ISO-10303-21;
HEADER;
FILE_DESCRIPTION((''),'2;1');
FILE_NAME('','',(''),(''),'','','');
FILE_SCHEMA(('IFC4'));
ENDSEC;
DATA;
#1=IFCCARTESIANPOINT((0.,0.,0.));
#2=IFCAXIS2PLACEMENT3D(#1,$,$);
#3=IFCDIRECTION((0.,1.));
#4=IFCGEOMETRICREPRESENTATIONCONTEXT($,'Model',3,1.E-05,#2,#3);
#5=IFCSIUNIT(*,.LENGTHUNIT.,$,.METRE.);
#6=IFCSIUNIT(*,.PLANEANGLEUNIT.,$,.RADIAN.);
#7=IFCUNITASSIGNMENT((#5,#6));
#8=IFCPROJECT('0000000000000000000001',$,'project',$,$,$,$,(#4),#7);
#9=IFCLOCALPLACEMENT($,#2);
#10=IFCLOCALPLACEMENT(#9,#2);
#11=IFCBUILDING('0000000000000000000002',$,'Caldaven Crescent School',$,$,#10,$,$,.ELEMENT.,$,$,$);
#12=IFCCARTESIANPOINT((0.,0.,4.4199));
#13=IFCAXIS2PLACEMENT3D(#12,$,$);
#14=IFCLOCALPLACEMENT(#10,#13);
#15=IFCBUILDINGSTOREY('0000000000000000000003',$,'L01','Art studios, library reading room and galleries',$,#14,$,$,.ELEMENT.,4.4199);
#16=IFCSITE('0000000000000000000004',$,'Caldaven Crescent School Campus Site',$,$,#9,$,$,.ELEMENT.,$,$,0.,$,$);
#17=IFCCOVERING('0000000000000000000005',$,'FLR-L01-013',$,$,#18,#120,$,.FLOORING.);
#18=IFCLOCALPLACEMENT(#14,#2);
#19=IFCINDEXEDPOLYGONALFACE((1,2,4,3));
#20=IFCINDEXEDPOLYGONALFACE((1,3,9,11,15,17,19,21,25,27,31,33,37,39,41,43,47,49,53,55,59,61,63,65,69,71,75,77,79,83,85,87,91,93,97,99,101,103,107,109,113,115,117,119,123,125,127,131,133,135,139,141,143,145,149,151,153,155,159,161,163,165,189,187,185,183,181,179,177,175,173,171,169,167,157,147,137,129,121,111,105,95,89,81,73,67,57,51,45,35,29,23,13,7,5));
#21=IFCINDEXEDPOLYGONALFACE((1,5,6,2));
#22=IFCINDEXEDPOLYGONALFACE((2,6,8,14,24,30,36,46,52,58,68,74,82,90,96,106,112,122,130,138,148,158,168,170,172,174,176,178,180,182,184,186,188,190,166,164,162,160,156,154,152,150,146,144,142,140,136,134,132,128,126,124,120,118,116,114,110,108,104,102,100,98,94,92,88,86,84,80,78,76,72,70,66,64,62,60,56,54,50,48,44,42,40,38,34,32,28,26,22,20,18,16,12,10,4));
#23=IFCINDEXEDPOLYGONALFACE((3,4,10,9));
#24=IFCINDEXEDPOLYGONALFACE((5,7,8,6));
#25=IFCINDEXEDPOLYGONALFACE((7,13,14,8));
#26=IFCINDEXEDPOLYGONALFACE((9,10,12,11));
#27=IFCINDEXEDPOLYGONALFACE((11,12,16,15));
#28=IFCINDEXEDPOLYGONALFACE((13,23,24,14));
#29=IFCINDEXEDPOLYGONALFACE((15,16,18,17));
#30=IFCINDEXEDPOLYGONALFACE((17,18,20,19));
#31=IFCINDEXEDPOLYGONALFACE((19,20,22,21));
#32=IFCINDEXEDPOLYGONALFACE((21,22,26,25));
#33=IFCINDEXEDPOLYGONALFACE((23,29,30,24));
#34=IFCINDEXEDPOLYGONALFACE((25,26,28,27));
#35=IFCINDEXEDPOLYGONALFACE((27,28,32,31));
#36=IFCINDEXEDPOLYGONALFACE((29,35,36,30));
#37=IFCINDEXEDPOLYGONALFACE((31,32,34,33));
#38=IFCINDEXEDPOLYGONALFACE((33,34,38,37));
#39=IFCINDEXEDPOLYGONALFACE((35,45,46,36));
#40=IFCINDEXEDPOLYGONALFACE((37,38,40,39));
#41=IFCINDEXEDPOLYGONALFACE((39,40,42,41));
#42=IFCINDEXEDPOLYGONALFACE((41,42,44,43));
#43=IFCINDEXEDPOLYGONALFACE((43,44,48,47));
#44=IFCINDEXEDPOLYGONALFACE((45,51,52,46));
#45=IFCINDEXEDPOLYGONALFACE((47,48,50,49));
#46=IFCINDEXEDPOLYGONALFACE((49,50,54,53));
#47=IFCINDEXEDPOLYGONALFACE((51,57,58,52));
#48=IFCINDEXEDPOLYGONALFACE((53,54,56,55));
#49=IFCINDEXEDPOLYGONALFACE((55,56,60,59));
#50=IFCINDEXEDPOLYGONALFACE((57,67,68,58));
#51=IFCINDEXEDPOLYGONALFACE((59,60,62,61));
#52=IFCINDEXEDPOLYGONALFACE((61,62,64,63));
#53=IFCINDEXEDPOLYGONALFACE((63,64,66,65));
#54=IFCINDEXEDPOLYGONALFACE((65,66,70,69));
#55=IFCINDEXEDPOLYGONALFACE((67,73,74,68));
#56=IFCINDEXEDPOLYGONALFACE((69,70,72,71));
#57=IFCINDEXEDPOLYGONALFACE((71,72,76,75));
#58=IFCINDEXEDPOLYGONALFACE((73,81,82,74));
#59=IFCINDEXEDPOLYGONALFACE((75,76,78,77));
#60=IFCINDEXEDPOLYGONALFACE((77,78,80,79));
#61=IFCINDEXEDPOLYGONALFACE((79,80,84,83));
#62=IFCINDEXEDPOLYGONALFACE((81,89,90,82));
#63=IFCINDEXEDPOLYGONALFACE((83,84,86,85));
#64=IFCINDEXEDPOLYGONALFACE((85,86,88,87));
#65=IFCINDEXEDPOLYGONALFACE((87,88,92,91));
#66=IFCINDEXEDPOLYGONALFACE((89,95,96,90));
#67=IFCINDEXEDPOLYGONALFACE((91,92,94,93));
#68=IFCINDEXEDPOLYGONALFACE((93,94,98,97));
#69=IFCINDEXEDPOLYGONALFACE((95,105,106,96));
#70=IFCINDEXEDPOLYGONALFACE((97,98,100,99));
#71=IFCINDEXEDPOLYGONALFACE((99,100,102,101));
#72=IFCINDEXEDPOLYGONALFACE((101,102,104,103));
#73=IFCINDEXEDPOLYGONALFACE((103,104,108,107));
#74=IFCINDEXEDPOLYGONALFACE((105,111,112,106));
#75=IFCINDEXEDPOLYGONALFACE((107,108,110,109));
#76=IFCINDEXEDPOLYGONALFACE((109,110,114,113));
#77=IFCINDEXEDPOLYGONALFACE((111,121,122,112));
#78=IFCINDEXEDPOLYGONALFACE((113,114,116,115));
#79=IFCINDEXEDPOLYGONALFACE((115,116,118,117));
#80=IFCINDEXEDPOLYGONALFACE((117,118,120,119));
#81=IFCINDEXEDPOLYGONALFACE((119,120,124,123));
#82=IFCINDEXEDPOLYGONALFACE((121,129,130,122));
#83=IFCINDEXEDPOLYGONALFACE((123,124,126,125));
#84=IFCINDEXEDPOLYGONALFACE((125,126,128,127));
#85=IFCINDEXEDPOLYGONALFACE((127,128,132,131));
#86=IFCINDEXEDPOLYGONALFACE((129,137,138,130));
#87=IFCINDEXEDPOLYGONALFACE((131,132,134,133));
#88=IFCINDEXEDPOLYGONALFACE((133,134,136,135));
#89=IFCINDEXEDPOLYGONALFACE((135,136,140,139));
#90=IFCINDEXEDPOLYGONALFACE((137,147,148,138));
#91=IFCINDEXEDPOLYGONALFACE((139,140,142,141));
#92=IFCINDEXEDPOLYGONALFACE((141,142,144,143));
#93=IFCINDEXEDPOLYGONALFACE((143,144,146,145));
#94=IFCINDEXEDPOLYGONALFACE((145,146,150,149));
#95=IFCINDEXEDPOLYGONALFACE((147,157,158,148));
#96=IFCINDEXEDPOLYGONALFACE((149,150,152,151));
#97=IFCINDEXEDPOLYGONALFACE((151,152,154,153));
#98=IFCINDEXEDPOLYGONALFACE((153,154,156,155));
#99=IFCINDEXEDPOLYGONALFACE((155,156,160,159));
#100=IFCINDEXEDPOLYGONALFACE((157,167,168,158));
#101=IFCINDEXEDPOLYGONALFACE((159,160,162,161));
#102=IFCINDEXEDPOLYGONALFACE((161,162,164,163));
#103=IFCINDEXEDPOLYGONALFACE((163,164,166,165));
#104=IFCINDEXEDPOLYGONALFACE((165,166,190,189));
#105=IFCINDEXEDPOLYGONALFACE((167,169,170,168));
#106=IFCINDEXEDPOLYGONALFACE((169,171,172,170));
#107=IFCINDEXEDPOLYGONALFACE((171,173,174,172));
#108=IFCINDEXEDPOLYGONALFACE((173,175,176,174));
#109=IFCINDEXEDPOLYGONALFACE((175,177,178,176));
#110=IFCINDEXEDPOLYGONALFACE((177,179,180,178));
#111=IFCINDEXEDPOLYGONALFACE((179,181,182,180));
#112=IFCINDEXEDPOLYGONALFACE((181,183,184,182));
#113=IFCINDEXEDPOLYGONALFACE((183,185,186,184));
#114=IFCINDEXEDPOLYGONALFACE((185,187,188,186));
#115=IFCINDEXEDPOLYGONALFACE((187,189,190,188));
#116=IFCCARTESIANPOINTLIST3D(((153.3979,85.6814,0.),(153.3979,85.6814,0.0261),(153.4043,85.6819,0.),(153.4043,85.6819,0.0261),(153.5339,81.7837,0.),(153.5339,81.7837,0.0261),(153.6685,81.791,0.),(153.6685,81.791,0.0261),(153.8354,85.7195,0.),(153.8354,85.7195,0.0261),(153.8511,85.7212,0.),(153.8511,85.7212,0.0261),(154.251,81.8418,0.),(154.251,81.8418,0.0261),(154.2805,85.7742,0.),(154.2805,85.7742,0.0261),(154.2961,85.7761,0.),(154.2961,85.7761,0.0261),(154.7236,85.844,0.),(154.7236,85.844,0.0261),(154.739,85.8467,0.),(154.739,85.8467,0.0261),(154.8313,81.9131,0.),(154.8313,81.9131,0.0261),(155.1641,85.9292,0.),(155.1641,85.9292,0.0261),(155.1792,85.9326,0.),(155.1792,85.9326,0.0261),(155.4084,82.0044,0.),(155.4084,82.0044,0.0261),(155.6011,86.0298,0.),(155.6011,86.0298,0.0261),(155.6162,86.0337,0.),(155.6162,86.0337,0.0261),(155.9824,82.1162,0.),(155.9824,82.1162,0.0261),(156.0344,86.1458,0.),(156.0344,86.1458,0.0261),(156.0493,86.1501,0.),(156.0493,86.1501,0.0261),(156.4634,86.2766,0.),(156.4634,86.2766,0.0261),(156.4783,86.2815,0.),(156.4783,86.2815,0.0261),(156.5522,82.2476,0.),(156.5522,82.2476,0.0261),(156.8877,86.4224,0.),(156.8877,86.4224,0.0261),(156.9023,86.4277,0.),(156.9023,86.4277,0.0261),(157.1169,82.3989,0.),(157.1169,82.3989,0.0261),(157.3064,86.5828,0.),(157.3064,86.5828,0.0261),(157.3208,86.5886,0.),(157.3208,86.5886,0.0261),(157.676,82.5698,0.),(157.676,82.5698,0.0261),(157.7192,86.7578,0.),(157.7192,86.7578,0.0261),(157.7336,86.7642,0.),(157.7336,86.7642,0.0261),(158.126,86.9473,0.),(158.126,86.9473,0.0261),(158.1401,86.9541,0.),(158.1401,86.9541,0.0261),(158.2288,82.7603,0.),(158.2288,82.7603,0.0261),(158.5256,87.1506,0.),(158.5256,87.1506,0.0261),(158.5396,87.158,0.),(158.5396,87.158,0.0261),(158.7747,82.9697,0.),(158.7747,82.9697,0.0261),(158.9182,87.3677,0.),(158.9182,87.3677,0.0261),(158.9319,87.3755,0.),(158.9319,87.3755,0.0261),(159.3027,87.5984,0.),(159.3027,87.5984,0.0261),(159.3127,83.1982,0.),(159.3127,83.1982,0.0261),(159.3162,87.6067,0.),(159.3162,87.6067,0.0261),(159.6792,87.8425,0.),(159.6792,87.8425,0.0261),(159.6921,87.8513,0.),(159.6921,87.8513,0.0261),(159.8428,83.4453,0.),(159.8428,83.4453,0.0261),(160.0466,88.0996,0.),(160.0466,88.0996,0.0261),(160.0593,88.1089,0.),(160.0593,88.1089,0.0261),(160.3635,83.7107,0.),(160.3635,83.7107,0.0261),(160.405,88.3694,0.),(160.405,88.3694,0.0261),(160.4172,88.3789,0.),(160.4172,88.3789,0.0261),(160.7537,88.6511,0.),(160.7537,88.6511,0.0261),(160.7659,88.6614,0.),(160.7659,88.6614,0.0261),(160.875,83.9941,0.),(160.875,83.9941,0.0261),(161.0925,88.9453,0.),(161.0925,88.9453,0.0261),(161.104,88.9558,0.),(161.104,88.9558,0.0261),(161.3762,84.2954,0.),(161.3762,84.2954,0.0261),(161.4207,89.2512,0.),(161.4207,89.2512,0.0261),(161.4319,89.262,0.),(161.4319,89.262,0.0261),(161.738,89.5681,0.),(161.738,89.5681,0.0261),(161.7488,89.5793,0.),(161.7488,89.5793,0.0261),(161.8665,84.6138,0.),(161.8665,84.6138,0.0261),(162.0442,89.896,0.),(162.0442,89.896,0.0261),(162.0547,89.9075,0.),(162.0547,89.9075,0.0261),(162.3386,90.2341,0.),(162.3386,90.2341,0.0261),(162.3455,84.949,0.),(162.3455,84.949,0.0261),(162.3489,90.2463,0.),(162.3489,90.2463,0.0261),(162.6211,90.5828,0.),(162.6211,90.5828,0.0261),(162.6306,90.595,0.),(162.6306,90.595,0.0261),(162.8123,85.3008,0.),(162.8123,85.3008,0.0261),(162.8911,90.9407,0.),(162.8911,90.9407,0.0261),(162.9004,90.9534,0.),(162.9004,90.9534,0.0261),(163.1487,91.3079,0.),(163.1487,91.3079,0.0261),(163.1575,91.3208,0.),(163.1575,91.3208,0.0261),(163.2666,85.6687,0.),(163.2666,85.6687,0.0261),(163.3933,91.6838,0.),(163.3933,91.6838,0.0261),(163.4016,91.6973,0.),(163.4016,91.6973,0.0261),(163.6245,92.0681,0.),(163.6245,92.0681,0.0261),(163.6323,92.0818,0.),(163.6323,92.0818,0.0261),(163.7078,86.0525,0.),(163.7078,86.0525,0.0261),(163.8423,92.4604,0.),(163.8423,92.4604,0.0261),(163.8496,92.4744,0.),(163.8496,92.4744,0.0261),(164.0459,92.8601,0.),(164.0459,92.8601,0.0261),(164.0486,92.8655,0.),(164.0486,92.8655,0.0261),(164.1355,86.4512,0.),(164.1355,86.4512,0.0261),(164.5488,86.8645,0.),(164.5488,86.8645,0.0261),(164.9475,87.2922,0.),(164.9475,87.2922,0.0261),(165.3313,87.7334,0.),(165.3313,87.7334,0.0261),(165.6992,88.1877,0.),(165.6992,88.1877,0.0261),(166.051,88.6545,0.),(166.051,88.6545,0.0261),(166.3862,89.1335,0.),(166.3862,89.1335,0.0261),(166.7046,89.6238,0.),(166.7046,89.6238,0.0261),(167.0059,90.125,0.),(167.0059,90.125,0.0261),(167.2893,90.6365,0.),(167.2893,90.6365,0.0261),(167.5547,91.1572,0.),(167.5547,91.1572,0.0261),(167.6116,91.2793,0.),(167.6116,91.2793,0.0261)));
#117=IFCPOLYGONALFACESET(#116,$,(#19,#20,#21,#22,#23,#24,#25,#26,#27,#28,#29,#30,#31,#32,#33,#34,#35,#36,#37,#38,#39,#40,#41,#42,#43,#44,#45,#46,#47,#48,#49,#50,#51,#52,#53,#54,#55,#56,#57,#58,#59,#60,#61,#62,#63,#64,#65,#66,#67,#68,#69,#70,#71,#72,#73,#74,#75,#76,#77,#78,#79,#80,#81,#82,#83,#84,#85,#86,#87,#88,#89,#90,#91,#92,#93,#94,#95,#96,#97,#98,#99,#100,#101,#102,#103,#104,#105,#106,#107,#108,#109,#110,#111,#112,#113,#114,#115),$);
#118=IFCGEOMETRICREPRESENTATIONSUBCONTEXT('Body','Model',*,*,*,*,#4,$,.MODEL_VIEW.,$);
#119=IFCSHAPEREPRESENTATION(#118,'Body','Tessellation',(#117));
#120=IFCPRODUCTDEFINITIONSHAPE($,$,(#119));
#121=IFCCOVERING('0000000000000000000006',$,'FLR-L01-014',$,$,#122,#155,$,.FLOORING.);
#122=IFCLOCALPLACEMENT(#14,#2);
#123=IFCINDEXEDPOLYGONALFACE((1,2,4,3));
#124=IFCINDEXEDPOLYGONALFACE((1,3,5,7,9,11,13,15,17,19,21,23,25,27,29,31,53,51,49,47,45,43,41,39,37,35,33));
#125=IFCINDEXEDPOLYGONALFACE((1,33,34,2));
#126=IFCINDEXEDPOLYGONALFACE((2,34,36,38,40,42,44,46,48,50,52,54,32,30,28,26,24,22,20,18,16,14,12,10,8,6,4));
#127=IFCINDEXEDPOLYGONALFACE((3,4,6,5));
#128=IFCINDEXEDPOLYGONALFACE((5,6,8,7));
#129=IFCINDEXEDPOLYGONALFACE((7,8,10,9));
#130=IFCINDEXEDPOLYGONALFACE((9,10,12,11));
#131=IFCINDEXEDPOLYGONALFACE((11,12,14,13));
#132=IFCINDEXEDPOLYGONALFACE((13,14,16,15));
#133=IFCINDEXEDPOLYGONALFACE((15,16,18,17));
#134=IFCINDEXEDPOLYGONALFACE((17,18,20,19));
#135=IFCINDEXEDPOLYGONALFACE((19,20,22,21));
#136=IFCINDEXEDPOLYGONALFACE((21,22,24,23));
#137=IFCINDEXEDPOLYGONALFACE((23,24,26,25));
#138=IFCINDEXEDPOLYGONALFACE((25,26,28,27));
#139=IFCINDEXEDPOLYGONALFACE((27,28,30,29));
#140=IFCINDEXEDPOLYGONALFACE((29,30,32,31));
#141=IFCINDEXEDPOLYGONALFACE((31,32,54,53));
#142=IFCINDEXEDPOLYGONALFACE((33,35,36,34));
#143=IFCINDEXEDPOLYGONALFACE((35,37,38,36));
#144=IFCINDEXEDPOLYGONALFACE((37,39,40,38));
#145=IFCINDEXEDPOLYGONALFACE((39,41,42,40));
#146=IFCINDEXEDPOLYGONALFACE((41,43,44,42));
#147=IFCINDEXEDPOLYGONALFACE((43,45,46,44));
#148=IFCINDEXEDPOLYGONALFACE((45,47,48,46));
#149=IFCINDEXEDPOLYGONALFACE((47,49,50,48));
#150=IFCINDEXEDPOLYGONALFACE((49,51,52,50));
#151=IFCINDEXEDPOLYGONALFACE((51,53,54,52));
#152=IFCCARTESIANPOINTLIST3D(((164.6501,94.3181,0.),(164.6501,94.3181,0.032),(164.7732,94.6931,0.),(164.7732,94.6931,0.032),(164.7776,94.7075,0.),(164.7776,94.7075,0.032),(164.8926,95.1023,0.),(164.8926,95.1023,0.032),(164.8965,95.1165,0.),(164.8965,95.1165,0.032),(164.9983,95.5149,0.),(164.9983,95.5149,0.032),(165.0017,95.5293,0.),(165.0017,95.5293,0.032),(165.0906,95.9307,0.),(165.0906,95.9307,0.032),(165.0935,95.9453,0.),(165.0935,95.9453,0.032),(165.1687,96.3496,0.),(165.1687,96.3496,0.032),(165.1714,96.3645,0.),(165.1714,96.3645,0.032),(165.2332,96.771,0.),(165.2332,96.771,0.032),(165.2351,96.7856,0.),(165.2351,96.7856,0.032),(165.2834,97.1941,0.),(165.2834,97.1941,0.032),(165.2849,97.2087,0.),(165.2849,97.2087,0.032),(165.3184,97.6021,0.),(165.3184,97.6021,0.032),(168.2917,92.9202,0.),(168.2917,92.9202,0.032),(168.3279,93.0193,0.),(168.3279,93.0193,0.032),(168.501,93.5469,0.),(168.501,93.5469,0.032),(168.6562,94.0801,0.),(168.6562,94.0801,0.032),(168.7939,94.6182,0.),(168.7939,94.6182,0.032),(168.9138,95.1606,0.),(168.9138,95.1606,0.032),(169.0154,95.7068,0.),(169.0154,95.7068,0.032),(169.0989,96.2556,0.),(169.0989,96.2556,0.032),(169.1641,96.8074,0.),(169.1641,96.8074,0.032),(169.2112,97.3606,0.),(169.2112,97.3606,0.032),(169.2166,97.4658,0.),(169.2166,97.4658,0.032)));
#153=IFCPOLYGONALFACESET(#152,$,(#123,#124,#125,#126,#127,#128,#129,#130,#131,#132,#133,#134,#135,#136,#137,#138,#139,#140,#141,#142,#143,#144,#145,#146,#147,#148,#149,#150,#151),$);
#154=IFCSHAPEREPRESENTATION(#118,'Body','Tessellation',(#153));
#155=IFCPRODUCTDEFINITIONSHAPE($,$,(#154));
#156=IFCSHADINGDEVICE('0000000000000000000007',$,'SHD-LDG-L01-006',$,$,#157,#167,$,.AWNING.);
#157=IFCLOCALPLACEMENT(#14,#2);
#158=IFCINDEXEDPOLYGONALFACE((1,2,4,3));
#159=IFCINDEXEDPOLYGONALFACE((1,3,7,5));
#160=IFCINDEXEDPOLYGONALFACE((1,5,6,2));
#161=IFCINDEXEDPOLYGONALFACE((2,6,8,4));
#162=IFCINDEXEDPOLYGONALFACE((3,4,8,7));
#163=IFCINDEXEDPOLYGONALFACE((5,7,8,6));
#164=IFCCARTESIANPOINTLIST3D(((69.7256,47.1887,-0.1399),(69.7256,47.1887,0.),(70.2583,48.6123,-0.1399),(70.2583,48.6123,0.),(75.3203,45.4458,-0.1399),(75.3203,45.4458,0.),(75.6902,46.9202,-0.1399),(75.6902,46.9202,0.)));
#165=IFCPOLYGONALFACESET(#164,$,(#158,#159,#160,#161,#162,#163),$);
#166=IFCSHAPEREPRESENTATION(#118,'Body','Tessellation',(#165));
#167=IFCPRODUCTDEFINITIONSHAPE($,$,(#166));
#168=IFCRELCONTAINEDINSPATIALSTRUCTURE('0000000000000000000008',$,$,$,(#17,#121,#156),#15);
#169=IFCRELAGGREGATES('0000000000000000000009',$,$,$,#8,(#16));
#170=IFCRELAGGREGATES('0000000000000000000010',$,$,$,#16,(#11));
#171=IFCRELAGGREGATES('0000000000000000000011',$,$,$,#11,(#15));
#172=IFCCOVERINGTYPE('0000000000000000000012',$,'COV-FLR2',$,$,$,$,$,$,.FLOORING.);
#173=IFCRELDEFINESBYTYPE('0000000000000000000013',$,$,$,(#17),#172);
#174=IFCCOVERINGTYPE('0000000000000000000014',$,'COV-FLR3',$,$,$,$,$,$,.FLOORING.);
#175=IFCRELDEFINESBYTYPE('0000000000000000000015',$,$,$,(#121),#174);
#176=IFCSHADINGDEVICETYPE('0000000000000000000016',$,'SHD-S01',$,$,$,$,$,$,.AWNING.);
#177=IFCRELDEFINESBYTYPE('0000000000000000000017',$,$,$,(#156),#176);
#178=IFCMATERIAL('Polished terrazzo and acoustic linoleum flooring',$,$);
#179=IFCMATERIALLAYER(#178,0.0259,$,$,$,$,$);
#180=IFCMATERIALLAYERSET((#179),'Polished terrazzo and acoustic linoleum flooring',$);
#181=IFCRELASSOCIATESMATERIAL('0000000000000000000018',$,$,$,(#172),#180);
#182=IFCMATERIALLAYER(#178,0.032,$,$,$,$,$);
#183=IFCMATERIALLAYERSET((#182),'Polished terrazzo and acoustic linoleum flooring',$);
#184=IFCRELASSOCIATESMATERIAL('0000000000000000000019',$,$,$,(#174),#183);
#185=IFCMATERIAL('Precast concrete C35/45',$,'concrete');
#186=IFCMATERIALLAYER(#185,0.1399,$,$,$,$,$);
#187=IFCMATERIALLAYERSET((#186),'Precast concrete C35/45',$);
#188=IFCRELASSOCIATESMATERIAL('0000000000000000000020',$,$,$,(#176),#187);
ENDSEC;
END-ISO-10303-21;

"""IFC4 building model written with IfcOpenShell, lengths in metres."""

from ifc_helpers import new_model, si_unit, direction, frame, origin, place, context, subcontext, project, spatial, polyline, outline, extrude, material, layer, layer_set, type_object, element, save


model = new_model("IFC4")

# Units and contexts
model_context = context("Model", 3, precision=1e-05, world=origin(), true_north=direction((0.0, 1.0)))
body_context = subcontext(model_context, "Body", "Model", "MODEL_VIEW")
ifc_project = project(units=[si_unit("LENGTHUNIT", "METRE"), si_unit("PLANEANGLEUNIT", "RADIAN")], contexts=[model_context])

# Site, building, storey
site_placement = place(None, origin())
site = spatial("IfcSite", under=ifc_project, at=site_placement, Name="Caldaven Crescent School Campus Site", CompositionType="ELEMENT", RefElevation=0.0)
building_placement = place(site_placement, origin())
building = spatial("IfcBuilding", under=site, at=building_placement, Name="Caldaven Crescent School", CompositionType="ELEMENT")
storey_placement = place(building_placement, frame((0.0, 0.0, 4.4199)))
storey = spatial("IfcBuildingStorey", under=building, at=storey_placement, Name="L01", Description="Art studios, library reading room and galleries", CompositionType="ELEMENT", Elevation=4.4199)

# Coverings
ifc_material_1 = material(Name="Polished terrazzo and acoustic linoleum flooring")
ifc_layer_1 = layer(ifc_material_1, 0.0259)
ifc_layer_set_1 = layer_set([ifc_layer_1], Name="Polished terrazzo and acoustic linoleum flooring")
covering_type_1 = type_object("IfcCoveringType", Name="COV-FLR2", PredefinedType="FLOORING", material=ifc_layer_set_1)
covering_1_placement = place(storey_placement, origin())
element("IfcCovering", 1, at=covering_1_placement, inside=storey, type_object=covering_type_1, Name="FLR-L01-013", PredefinedType="FLOORING", context=body_context, shape_type="SweptSolid", body=[
    extrude(outline(polyline([(153.3979, 85.6814), (153.4043, 85.6819), (153.8354, 85.7195), (153.8511, 85.7212), (154.2805, 85.7742), (154.2961, 85.7761), (154.7236, 85.844), (154.739, 85.8467), (155.1641, 85.9292), (155.1792, 85.9326), (155.6011, 86.0298), (155.6162, 86.0337), (156.0344, 86.1458), (156.0493, 86.1501), (156.4634, 86.2766), (156.4783, 86.2815), (156.8877, 86.4224), (156.9023, 86.4277), (157.3064, 86.5828), (157.3208, 86.5886), (157.7192, 86.7578), (157.7336, 86.7642), (158.126, 86.9473), (158.1401, 86.9541), (158.5256, 87.1506), (158.5396, 87.158), (158.9182, 87.3677), (158.9319, 87.3755), (159.3027, 87.5984), (159.3162, 87.6067), (159.6792, 87.8425), (159.6921, 87.8513), (160.0466, 88.0996), (160.0593, 88.1089), (160.405, 88.3694), (160.4172, 88.3789), (160.7537, 88.6511), (160.7659, 88.6614), (161.0925, 88.9453), (161.104, 88.9558), (161.4207, 89.2512), (161.4319, 89.262), (161.738, 89.5681), (161.7488, 89.5793), (162.0442, 89.896), (162.0547, 89.9075), (162.3386, 90.2341), (162.3489, 90.2463), (162.6211, 90.5828), (162.6306, 90.595), (162.8911, 90.9407), (162.9004, 90.9534), (163.1487, 91.3079), (163.1575, 91.3208), (163.3933, 91.6838), (163.4016, 91.6973), (163.6245, 92.0681), (163.6323, 92.0818), (163.8423, 92.4604), (163.8496, 92.4744), (164.0459, 92.8601), (164.0486, 92.8655), (167.6116, 91.2793), (167.5547, 91.1572), (167.2893, 90.6365), (167.0059, 90.125), (166.7046, 89.6238), (166.3862, 89.1335), (166.051, 88.6545), (165.6992, 88.1877), (165.3313, 87.7334), (164.9475, 87.2922), (164.5488, 86.8645), (164.1355, 86.4512), (163.7078, 86.0525), (163.2666, 85.6687), (162.8123, 85.3008), (162.3455, 84.949), (161.8665, 84.6138), (161.3762, 84.2954), (160.875, 83.9941), (160.3635, 83.7107), (159.8428, 83.4453), (159.3127, 83.1982), (158.7747, 82.9697), (158.2288, 82.7603), (157.676, 82.5698), (157.1169, 82.3989), (156.5522, 82.2476), (155.9824, 82.1162), (155.4084, 82.0044), (154.8313, 81.9131), (154.251, 81.8418), (153.6685, 81.791), (153.5339, 81.7837), (153.3979, 85.6814)])), origin(), (0.0, 0.0, 1.0), 0.0261),
])
ifc_layer_2 = layer(ifc_material_1, 0.032)
ifc_layer_set_2 = layer_set([ifc_layer_2], Name="Polished terrazzo and acoustic linoleum flooring")
covering_type_2 = type_object("IfcCoveringType", Name="COV-FLR3", PredefinedType="FLOORING", material=ifc_layer_set_2)
covering_2_placement = place(storey_placement, origin())
element("IfcCovering", 2, at=covering_2_placement, inside=storey, type_object=covering_type_2, Name="FLR-L01-014", PredefinedType="FLOORING", context=body_context, shape_type="SweptSolid", body=[
    extrude(outline(polyline([(164.6501, 94.3181), (164.7732, 94.6931), (164.7776, 94.7075), (164.8926, 95.1023), (164.8965, 95.1165), (164.9983, 95.5149), (165.0017, 95.5293), (165.0906, 95.9307), (165.0935, 95.9453), (165.1687, 96.3496), (165.1714, 96.3645), (165.2332, 96.771), (165.2351, 96.7856), (165.2834, 97.1941), (165.2849, 97.2087), (165.3184, 97.6021), (169.2166, 97.4658), (169.2112, 97.3606), (169.1641, 96.8074), (169.0989, 96.2556), (169.0154, 95.7068), (168.9138, 95.1606), (168.7939, 94.6182), (168.6562, 94.0801), (168.501, 93.5469), (168.3279, 93.0193), (168.2917, 92.9202), (164.6501, 94.3181)])), origin(), (0.0, 0.0, 1.0), 0.032),
])

# Shading device
ifc_material_2 = material(Name="Precast concrete C35/45", Category="concrete")
ifc_layer_3 = layer(ifc_material_2, 0.1399)
ifc_layer_set_3 = layer_set([ifc_layer_3], Name="Precast concrete C35/45")
shading_device_type_1 = type_object("IfcShadingDeviceType", Name="SHD-S01", PredefinedType="AWNING", material=ifc_layer_set_3)
shading_device_1_placement = place(storey_placement, frame((0.0, 0.0, -0.1399)))
element("IfcShadingDevice", 3, at=shading_device_1_placement, inside=storey, type_object=shading_device_type_1, Name="SHD-LDG-L01-006", PredefinedType="AWNING", context=body_context, shape_type="SweptSolid", body=[
    extrude(outline(polyline([(70.2583, 48.6123), (75.6902, 46.9202), (75.3203, 45.4458), (69.7256, 47.1887), (70.2583, 48.6123)])), origin(), (0.0, 0.0, 1.0), 0.1399),
])

save(model, "model.ifc")
